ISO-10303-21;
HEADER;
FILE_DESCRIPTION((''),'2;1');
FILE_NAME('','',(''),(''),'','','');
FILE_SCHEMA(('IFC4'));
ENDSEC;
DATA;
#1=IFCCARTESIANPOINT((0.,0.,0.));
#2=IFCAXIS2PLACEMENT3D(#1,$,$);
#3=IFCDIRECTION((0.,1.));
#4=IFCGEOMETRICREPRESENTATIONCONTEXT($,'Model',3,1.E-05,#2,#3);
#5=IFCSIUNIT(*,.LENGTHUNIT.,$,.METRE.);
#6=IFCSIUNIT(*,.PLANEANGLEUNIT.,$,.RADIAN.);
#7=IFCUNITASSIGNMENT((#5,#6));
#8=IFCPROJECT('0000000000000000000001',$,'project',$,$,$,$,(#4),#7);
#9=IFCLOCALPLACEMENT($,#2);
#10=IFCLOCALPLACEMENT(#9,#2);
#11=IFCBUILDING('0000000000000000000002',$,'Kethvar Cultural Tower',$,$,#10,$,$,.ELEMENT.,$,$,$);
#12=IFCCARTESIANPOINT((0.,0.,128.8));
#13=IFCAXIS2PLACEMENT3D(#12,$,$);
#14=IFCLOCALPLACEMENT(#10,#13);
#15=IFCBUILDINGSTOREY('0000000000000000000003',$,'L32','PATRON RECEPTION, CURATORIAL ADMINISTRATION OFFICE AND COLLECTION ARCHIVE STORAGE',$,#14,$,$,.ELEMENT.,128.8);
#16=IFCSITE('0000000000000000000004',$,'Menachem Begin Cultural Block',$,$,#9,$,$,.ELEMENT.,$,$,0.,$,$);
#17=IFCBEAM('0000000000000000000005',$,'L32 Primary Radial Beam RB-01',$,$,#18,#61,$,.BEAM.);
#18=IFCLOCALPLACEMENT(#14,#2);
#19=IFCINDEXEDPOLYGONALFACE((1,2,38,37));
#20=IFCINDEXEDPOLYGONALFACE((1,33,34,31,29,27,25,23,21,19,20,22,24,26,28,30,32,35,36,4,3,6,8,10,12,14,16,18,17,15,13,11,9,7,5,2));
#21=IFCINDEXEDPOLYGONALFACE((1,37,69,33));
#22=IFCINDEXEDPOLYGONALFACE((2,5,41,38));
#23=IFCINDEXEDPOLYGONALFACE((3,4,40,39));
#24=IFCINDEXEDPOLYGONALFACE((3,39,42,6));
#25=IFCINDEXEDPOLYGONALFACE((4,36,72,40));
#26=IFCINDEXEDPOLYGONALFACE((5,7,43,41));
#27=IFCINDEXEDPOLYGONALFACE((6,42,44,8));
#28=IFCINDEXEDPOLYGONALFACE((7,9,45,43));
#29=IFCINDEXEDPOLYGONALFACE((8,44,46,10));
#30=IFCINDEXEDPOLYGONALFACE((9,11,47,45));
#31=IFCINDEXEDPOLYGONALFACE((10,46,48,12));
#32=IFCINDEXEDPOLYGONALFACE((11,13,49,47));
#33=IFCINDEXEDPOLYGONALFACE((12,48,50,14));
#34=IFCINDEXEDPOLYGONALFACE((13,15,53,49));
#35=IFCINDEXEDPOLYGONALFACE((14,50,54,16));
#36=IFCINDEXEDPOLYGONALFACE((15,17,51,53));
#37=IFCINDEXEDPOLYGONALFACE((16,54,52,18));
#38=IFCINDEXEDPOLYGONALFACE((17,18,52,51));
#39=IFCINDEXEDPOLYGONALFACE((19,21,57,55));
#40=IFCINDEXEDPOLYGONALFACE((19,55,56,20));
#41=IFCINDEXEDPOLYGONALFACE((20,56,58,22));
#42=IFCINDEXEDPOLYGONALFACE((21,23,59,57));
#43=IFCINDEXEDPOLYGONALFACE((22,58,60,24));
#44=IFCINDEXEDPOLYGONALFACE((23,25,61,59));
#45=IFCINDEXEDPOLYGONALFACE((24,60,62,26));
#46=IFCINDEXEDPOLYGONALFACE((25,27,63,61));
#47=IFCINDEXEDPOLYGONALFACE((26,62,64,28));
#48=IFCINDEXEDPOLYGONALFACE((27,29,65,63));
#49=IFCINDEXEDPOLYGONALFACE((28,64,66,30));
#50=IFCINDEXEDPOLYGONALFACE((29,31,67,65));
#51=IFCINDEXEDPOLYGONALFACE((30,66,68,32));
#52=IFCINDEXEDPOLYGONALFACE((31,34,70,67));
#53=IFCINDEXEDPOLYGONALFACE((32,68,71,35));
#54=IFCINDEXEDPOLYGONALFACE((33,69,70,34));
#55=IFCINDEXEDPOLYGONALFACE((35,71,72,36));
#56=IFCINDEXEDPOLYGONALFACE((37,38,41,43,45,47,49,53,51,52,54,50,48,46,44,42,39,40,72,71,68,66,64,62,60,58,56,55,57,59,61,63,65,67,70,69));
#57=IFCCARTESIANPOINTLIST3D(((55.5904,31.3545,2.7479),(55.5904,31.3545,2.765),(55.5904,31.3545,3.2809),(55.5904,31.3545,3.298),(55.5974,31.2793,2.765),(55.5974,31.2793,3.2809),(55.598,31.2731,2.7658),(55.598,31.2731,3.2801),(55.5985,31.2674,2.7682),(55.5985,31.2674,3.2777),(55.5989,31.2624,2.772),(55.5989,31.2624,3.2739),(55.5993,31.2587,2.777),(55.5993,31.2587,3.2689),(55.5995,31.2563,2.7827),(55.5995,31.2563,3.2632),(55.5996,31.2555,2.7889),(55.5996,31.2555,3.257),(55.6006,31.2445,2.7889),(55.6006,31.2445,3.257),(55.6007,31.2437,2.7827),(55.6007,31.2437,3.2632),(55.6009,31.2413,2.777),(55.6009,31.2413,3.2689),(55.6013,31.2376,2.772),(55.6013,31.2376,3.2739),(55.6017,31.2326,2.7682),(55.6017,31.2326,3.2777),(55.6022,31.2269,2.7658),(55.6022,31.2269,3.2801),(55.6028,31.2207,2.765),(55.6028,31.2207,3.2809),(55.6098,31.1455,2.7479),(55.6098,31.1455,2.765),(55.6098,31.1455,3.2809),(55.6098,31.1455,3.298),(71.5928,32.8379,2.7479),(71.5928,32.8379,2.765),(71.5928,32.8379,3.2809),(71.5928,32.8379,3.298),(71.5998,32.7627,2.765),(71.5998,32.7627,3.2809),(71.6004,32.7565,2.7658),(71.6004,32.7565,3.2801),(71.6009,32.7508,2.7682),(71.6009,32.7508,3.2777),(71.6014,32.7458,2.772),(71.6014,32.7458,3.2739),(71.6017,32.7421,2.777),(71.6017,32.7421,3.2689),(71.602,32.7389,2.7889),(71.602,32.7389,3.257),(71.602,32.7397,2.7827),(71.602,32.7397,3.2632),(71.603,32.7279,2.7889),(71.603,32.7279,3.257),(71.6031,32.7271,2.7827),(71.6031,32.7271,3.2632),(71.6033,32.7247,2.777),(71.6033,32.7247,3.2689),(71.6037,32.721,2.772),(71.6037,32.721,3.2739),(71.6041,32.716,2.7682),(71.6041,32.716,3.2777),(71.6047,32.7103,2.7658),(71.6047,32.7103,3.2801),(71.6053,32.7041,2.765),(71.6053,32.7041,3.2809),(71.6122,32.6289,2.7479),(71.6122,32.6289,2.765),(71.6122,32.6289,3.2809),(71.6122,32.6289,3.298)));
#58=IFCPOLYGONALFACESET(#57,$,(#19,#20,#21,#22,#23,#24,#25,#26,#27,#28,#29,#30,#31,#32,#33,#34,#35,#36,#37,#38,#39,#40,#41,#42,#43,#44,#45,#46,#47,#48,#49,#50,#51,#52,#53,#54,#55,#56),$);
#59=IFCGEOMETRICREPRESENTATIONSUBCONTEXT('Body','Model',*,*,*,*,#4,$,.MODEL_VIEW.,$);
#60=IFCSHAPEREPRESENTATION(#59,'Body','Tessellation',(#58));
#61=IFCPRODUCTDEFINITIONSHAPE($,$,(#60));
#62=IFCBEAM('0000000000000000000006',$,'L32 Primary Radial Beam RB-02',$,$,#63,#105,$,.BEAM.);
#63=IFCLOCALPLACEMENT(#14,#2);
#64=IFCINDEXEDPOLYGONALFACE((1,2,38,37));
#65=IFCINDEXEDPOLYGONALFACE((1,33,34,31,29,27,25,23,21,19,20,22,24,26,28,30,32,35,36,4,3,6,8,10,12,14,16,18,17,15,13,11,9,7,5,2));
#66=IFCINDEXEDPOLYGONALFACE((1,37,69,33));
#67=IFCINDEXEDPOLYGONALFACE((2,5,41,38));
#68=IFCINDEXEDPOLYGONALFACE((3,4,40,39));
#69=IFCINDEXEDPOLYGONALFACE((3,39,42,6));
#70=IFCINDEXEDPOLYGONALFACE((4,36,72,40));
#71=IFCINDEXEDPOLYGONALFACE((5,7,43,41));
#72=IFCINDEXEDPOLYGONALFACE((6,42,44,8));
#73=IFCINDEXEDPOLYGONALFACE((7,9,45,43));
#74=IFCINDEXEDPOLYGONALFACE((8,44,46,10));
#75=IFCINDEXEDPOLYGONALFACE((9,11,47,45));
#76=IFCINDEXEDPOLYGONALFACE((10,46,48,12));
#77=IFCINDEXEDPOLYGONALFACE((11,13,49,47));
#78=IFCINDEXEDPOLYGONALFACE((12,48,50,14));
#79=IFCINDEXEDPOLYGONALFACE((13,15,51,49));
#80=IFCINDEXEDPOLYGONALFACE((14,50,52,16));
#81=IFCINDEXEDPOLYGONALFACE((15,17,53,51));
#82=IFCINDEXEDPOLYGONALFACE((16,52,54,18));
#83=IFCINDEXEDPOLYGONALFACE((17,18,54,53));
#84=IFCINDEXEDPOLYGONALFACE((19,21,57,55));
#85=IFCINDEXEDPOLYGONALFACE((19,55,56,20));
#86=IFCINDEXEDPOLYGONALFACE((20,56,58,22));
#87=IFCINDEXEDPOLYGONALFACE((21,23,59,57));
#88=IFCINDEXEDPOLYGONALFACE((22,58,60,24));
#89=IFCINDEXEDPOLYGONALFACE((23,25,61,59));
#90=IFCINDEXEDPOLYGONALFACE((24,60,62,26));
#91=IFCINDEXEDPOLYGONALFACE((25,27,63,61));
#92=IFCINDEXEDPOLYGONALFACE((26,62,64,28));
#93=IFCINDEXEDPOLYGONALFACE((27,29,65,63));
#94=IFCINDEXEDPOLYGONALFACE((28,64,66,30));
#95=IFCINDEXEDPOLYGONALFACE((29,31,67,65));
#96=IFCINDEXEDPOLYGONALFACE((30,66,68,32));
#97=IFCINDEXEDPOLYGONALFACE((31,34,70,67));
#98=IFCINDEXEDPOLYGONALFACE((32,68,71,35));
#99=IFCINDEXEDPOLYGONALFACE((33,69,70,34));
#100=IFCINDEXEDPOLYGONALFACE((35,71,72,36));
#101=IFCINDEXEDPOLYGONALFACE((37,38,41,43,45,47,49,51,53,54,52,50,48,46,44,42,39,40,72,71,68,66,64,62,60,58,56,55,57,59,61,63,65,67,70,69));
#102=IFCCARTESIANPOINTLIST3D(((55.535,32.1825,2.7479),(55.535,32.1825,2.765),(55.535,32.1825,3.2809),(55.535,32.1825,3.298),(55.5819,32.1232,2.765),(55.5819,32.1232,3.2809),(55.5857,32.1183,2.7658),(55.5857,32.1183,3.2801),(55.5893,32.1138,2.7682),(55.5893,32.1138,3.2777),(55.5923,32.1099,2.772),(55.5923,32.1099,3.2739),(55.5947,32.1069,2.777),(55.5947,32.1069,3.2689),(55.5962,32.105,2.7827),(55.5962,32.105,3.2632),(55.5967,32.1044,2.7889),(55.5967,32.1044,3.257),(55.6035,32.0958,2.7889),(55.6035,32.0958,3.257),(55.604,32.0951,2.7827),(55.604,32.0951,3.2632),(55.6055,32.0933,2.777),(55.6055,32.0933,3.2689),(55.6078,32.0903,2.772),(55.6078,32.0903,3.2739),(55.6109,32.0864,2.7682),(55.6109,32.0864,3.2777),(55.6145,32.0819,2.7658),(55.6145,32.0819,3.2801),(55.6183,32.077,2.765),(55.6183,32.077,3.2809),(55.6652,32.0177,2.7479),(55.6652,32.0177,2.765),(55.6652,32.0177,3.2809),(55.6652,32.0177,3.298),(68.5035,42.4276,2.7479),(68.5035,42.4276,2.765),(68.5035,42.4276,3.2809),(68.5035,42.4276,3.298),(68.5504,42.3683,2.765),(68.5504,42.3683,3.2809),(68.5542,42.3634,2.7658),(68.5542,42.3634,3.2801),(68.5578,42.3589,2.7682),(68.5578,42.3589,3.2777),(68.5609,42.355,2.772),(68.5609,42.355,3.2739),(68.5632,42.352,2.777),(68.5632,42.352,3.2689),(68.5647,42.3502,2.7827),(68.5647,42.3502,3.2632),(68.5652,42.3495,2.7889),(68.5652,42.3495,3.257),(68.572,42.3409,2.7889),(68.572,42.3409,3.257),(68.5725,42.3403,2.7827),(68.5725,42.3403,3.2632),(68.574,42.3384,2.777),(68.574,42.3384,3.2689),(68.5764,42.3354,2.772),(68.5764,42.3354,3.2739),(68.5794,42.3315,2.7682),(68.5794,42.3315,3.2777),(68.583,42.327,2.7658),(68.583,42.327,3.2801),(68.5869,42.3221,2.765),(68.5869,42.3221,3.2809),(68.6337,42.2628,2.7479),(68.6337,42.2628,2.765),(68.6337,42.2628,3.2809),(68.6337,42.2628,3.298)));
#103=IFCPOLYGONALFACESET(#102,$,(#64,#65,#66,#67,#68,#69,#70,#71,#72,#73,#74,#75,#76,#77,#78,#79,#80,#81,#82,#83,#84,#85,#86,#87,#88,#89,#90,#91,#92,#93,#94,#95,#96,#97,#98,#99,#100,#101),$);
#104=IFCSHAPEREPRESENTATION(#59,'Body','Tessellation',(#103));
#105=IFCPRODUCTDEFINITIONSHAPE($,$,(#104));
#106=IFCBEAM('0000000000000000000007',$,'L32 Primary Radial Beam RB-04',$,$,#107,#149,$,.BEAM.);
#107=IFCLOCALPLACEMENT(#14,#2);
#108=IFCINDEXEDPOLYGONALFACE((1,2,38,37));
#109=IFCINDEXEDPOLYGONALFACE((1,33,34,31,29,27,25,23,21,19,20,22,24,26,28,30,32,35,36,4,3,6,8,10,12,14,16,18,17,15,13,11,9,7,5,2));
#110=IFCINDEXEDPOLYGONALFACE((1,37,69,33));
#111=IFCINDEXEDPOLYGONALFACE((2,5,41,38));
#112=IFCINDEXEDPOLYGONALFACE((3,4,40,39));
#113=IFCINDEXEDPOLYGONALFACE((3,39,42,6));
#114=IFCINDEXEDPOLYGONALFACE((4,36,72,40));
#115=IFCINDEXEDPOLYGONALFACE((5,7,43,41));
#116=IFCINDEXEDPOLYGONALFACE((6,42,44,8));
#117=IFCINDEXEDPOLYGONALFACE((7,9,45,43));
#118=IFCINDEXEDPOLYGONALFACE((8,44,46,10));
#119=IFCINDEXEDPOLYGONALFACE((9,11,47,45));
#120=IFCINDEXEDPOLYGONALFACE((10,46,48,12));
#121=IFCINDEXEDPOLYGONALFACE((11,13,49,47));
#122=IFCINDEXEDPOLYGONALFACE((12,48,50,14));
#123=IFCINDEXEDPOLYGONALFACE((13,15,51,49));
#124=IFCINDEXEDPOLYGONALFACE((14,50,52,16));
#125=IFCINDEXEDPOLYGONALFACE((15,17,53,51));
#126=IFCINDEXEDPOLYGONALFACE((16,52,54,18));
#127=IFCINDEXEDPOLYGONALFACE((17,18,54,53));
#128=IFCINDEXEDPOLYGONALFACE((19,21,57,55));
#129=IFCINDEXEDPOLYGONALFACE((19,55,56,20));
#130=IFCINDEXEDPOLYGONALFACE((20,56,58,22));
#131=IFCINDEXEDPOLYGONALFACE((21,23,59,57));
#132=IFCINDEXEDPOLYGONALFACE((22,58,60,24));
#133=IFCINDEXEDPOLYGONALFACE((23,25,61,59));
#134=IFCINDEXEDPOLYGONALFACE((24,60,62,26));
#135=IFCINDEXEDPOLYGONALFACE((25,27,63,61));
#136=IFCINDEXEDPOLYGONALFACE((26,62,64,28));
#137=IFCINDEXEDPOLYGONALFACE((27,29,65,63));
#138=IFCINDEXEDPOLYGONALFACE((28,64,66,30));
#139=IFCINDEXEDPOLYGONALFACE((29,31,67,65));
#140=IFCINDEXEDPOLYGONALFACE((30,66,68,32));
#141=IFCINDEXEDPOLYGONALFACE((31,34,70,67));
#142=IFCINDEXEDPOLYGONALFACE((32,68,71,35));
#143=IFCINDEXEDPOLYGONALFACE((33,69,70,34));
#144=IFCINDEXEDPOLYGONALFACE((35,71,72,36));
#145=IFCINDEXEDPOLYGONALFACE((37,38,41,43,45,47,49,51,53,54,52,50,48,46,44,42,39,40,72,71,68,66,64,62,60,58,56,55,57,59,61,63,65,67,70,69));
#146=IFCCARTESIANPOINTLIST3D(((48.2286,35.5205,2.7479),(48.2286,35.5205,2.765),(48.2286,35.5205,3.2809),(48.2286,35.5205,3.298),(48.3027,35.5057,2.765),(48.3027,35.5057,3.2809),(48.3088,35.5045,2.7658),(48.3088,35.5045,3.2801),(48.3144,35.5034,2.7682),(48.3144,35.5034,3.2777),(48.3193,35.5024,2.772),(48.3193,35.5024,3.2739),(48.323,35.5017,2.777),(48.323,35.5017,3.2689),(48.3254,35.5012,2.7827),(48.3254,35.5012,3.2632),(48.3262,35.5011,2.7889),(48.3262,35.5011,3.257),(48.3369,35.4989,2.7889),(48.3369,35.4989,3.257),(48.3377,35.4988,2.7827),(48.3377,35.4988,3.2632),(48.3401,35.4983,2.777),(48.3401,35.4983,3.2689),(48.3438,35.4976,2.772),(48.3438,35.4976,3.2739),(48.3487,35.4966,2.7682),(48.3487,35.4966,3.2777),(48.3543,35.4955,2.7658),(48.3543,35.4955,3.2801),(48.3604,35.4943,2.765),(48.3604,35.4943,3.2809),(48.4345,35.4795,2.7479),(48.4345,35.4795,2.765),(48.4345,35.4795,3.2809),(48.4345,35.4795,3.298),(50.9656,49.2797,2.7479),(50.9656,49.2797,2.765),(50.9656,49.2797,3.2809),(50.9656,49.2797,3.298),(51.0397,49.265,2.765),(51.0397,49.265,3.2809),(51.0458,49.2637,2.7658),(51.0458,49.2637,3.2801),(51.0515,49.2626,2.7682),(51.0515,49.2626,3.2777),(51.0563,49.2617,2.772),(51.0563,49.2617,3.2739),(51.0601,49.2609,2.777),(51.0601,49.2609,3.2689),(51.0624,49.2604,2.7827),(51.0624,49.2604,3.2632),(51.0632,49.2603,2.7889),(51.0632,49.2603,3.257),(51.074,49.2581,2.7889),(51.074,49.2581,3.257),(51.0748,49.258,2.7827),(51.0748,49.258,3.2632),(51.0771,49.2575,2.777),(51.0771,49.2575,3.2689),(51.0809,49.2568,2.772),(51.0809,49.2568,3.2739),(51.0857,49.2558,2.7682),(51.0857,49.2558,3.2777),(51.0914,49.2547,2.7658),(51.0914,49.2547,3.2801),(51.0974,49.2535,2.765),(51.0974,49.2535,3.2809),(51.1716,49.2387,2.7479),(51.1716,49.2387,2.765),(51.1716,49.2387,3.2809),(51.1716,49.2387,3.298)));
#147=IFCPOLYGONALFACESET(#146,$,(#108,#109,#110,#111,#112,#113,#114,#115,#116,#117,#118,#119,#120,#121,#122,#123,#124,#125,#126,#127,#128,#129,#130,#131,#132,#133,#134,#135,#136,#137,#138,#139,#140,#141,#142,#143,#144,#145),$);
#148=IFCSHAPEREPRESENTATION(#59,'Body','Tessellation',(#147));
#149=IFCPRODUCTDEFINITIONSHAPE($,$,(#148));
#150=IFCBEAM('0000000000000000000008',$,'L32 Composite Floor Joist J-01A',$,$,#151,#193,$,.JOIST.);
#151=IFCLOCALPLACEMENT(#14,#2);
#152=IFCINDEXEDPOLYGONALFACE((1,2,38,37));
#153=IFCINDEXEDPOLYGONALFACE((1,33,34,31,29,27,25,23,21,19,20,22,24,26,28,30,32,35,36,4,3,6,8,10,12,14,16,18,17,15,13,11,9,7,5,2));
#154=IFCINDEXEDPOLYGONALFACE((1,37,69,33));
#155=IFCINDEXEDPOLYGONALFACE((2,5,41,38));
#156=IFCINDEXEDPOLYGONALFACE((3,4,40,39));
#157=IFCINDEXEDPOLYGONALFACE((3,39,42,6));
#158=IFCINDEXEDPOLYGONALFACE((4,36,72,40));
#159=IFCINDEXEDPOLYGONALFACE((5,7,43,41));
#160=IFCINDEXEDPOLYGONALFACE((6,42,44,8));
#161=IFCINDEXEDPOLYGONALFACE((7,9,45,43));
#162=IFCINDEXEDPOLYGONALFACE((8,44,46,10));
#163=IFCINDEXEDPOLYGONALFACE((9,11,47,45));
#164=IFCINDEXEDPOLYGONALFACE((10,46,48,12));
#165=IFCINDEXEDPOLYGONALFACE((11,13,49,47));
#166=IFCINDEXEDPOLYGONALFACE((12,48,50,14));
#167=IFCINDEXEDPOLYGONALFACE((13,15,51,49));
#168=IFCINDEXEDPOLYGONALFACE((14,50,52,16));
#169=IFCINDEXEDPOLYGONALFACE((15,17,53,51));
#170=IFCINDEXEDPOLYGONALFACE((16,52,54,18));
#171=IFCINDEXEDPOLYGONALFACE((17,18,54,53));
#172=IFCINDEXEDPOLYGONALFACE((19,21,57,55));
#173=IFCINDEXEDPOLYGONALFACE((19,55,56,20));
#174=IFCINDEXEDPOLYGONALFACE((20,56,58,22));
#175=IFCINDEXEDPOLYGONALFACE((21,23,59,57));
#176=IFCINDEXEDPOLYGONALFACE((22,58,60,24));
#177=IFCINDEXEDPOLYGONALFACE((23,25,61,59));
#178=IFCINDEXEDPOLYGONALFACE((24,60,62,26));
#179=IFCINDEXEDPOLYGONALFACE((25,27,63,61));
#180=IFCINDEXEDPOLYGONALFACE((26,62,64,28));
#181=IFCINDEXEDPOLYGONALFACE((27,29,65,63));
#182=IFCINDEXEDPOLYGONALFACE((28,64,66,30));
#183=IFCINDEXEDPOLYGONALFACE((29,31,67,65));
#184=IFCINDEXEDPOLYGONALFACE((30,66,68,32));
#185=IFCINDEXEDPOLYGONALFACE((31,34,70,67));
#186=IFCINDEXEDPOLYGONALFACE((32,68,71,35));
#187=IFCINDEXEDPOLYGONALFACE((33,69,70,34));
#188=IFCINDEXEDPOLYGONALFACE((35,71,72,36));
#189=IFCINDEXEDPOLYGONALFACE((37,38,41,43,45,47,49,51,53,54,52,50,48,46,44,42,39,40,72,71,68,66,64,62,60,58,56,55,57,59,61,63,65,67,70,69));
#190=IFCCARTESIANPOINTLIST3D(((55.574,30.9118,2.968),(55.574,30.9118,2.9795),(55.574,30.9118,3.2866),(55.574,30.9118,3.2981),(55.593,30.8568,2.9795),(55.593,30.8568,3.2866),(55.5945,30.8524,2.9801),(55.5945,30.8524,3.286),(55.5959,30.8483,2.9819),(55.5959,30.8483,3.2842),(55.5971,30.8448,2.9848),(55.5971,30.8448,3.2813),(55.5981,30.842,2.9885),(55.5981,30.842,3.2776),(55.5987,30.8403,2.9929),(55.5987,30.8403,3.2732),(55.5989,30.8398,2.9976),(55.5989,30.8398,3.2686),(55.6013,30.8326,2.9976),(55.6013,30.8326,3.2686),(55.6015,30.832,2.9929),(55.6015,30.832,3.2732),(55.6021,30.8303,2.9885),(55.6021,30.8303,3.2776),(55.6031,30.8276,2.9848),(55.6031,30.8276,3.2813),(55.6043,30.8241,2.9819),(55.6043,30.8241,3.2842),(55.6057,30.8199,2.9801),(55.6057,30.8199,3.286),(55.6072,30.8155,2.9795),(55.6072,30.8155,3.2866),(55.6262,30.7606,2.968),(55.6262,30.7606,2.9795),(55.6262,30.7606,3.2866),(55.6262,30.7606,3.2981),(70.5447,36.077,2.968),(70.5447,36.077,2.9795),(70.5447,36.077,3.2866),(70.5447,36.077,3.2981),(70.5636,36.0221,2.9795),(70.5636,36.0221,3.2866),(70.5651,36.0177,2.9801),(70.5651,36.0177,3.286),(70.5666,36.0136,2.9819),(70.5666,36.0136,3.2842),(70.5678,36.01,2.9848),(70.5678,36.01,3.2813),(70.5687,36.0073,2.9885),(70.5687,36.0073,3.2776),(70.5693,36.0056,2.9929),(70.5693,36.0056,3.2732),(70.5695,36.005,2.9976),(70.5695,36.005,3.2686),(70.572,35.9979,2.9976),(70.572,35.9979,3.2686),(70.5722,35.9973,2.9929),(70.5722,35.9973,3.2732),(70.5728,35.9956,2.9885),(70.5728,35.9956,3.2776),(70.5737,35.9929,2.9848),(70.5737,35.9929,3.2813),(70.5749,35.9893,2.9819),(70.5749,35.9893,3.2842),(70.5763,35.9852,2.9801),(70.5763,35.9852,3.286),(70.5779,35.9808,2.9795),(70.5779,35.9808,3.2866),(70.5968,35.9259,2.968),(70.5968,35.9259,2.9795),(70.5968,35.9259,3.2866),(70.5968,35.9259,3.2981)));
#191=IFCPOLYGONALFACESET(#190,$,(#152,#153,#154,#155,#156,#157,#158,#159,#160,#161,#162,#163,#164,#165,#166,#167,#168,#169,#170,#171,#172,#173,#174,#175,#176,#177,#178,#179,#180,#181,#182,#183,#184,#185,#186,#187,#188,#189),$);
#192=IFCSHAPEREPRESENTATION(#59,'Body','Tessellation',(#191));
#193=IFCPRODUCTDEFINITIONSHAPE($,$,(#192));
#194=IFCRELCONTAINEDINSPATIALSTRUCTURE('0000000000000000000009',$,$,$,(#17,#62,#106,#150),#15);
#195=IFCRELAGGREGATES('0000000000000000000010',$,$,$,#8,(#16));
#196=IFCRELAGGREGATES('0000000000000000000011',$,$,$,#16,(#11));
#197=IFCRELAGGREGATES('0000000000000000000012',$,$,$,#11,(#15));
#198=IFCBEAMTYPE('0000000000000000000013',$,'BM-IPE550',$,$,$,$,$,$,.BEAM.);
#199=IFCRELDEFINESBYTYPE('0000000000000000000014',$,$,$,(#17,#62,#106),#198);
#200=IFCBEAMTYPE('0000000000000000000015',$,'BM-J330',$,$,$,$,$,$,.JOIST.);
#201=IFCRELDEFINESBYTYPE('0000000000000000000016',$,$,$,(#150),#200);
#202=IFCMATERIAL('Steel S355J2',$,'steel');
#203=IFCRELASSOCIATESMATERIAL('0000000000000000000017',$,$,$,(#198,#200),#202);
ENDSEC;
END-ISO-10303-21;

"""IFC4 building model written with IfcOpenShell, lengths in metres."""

from ifc_helpers import new_model, si_unit, direction, frame, origin, origin_2d, place, context, subcontext, project, spatial, i_section, extrude, source, transform, mapped, material, material_profile, profile_set, type_object, element, save


model = new_model("IFC4")

# Units and contexts
model_context = context("Model", 3, precision=1e-05, world=origin(), true_north=direction((0.0, 1.0)))
body_context = subcontext(model_context, "Body", "Model", "MODEL_VIEW")
ifc_project = project(units=[si_unit("LENGTHUNIT", "METRE"), si_unit("PLANEANGLEUNIT", "RADIAN")], contexts=[model_context])

# Site, building, storey
site_placement = place(None, origin())
site = spatial("IfcSite", under=ifc_project, at=site_placement, Name="Menachem Begin Cultural Block", CompositionType="ELEMENT", RefElevation=0.0)
building_placement = place(site_placement, origin())
building = spatial("IfcBuilding", under=site, at=building_placement, Name="Kethvar Cultural Tower", CompositionType="ELEMENT")
storey_placement = place(building_placement, frame((0.0, 0.0, 128.8)))
storey = spatial("IfcBuildingStorey", under=building, at=storey_placement, Name="L32", Description="PATRON RECEPTION, CURATORIAL ADMINISTRATION OFFICE AND COLLECTION ARCHIVE STORAGE", CompositionType="ELEMENT", Elevation=128.8)

# Beams
ifc_material_1 = material(Name="Steel S355J2", Category="steel")
ifc_material_profile_1 = material_profile(ifc_material_1, i_section(OverallWidth=0.21, OverallDepth=0.55, WebThickness=0.011, FlangeThickness=0.0171, FilletRadius=0.0239, at=origin_2d()), Name="Steel S355J2 — IPE550")
ifc_profile_set_1 = profile_set([ifc_material_profile_1], Name="Steel S355J2 — IPE550")
beam_type_1 = type_object("IfcBeamType", Name="BM-IPE550", PredefinedType="BEAM", material=ifc_profile_set_1)
shared_shape_1 = source(origin(), body_context, "Body", "SweptSolid", [
    extrude(i_section(OverallWidth=0.21, OverallDepth=0.55, WebThickness=0.011, FlangeThickness=0.0171, FilletRadius=0.0239, at=origin_2d()), origin(), (0.0, 0.0, 1.0), 16.071),
])
beam_1_placement = place(storey_placement, frame((55.6001, 31.25, 3.0229), z_axis=(0.995731, 0.092303, 0.0), x_axis=(-0.092303, 0.995731, 0.0)))
element("IfcBeam", 1, at=beam_1_placement, inside=storey, type_object=beam_type_1, Name="L32 Primary Radial Beam RB-01", PredefinedType="BEAM", context=body_context, shape_type="MappedRepresentation", body=[
    mapped(shared_shape_1, transform((0.0, 0.0, 0.0), scale=1.0)),
])
shared_shape_2 = source(origin(), body_context, "Body", "SweptSolid", [
    extrude(i_section(OverallWidth=0.21, OverallDepth=0.55, WebThickness=0.011, FlangeThickness=0.0171, FilletRadius=0.0239, at=origin_2d()), origin(), (0.0, 0.0, 1.0), 16.5271),
])
beam_2_placement = place(storey_placement, frame((55.6001, 32.1001, 3.0229), z_axis=(0.784682, 0.619899, 0.0), x_axis=(-0.619899, 0.784682, 0.0)))
element("IfcBeam", 2, at=beam_2_placement, inside=storey, type_object=beam_type_1, Name="L32 Primary Radial Beam RB-02", PredefinedType="BEAM", context=body_context, shape_type="MappedRepresentation", body=[
    mapped(shared_shape_2, transform((0.0, 0.0, 0.0), scale=1.0)),
])
shared_shape_3 = source(origin(), body_context, "Body", "SweptSolid", [
    extrude(i_section(OverallWidth=0.21, OverallDepth=0.55, WebThickness=0.011, FlangeThickness=0.0171, FilletRadius=0.0239, at=origin_2d()), origin(), (0.0, 0.0, 1.0), 14.0288),
])
beam_3_placement = place(storey_placement, frame((48.3315, 35.5, 3.0229), z_axis=(0.195102, 0.980783, 0.0), x_axis=(-0.980783, 0.195102, 0.0)))
element("IfcBeam", 3, at=beam_3_placement, inside=storey, type_object=beam_type_1, Name="L32 Primary Radial Beam RB-04", PredefinedType="BEAM", context=body_context, shape_type="MappedRepresentation", body=[
    mapped(shared_shape_3, transform((0.0, 0.0, 0.0), scale=1.0)),
])
ifc_material_profile_2 = material_profile(ifc_material_1, i_section(OverallWidth=0.1599, OverallDepth=0.3301, WebThickness=0.0076, FlangeThickness=0.0115, FilletRadius=0.0181, at=origin_2d()), Name="Steel S355J2 — IPE330")
ifc_profile_set_2 = profile_set([ifc_material_profile_2], Name="Steel S355J2 — IPE330")
beam_type_2 = type_object("IfcBeamType", Name="BM-J330", PredefinedType="JOIST", material=ifc_profile_set_2)
shared_shape_4 = source(origin(), body_context, "Body", "SweptSolid", [
    extrude(i_section(OverallWidth=0.1599, OverallDepth=0.3301, WebThickness=0.0076, FlangeThickness=0.0115, FilletRadius=0.0181, at=origin_2d()), origin(), (0.0, 0.0, 1.0), 15.8367),
])
beam_4_placement = place(storey_placement, frame((55.6001, 30.8362, 3.1331), z_axis=(0.945315, 0.326158, 0.0), x_axis=(-0.326158, 0.945315, 0.0)))
element("IfcBeam", 4, at=beam_4_placement, inside=storey, type_object=beam_type_2, Name="L32 Composite Floor Joist J-01A", PredefinedType="JOIST", context=body_context, shape_type="MappedRepresentation", body=[
    mapped(shared_shape_4, transform((0.0, 0.0, 0.0), scale=1.0)),
])

save(model, "model.ifc")
